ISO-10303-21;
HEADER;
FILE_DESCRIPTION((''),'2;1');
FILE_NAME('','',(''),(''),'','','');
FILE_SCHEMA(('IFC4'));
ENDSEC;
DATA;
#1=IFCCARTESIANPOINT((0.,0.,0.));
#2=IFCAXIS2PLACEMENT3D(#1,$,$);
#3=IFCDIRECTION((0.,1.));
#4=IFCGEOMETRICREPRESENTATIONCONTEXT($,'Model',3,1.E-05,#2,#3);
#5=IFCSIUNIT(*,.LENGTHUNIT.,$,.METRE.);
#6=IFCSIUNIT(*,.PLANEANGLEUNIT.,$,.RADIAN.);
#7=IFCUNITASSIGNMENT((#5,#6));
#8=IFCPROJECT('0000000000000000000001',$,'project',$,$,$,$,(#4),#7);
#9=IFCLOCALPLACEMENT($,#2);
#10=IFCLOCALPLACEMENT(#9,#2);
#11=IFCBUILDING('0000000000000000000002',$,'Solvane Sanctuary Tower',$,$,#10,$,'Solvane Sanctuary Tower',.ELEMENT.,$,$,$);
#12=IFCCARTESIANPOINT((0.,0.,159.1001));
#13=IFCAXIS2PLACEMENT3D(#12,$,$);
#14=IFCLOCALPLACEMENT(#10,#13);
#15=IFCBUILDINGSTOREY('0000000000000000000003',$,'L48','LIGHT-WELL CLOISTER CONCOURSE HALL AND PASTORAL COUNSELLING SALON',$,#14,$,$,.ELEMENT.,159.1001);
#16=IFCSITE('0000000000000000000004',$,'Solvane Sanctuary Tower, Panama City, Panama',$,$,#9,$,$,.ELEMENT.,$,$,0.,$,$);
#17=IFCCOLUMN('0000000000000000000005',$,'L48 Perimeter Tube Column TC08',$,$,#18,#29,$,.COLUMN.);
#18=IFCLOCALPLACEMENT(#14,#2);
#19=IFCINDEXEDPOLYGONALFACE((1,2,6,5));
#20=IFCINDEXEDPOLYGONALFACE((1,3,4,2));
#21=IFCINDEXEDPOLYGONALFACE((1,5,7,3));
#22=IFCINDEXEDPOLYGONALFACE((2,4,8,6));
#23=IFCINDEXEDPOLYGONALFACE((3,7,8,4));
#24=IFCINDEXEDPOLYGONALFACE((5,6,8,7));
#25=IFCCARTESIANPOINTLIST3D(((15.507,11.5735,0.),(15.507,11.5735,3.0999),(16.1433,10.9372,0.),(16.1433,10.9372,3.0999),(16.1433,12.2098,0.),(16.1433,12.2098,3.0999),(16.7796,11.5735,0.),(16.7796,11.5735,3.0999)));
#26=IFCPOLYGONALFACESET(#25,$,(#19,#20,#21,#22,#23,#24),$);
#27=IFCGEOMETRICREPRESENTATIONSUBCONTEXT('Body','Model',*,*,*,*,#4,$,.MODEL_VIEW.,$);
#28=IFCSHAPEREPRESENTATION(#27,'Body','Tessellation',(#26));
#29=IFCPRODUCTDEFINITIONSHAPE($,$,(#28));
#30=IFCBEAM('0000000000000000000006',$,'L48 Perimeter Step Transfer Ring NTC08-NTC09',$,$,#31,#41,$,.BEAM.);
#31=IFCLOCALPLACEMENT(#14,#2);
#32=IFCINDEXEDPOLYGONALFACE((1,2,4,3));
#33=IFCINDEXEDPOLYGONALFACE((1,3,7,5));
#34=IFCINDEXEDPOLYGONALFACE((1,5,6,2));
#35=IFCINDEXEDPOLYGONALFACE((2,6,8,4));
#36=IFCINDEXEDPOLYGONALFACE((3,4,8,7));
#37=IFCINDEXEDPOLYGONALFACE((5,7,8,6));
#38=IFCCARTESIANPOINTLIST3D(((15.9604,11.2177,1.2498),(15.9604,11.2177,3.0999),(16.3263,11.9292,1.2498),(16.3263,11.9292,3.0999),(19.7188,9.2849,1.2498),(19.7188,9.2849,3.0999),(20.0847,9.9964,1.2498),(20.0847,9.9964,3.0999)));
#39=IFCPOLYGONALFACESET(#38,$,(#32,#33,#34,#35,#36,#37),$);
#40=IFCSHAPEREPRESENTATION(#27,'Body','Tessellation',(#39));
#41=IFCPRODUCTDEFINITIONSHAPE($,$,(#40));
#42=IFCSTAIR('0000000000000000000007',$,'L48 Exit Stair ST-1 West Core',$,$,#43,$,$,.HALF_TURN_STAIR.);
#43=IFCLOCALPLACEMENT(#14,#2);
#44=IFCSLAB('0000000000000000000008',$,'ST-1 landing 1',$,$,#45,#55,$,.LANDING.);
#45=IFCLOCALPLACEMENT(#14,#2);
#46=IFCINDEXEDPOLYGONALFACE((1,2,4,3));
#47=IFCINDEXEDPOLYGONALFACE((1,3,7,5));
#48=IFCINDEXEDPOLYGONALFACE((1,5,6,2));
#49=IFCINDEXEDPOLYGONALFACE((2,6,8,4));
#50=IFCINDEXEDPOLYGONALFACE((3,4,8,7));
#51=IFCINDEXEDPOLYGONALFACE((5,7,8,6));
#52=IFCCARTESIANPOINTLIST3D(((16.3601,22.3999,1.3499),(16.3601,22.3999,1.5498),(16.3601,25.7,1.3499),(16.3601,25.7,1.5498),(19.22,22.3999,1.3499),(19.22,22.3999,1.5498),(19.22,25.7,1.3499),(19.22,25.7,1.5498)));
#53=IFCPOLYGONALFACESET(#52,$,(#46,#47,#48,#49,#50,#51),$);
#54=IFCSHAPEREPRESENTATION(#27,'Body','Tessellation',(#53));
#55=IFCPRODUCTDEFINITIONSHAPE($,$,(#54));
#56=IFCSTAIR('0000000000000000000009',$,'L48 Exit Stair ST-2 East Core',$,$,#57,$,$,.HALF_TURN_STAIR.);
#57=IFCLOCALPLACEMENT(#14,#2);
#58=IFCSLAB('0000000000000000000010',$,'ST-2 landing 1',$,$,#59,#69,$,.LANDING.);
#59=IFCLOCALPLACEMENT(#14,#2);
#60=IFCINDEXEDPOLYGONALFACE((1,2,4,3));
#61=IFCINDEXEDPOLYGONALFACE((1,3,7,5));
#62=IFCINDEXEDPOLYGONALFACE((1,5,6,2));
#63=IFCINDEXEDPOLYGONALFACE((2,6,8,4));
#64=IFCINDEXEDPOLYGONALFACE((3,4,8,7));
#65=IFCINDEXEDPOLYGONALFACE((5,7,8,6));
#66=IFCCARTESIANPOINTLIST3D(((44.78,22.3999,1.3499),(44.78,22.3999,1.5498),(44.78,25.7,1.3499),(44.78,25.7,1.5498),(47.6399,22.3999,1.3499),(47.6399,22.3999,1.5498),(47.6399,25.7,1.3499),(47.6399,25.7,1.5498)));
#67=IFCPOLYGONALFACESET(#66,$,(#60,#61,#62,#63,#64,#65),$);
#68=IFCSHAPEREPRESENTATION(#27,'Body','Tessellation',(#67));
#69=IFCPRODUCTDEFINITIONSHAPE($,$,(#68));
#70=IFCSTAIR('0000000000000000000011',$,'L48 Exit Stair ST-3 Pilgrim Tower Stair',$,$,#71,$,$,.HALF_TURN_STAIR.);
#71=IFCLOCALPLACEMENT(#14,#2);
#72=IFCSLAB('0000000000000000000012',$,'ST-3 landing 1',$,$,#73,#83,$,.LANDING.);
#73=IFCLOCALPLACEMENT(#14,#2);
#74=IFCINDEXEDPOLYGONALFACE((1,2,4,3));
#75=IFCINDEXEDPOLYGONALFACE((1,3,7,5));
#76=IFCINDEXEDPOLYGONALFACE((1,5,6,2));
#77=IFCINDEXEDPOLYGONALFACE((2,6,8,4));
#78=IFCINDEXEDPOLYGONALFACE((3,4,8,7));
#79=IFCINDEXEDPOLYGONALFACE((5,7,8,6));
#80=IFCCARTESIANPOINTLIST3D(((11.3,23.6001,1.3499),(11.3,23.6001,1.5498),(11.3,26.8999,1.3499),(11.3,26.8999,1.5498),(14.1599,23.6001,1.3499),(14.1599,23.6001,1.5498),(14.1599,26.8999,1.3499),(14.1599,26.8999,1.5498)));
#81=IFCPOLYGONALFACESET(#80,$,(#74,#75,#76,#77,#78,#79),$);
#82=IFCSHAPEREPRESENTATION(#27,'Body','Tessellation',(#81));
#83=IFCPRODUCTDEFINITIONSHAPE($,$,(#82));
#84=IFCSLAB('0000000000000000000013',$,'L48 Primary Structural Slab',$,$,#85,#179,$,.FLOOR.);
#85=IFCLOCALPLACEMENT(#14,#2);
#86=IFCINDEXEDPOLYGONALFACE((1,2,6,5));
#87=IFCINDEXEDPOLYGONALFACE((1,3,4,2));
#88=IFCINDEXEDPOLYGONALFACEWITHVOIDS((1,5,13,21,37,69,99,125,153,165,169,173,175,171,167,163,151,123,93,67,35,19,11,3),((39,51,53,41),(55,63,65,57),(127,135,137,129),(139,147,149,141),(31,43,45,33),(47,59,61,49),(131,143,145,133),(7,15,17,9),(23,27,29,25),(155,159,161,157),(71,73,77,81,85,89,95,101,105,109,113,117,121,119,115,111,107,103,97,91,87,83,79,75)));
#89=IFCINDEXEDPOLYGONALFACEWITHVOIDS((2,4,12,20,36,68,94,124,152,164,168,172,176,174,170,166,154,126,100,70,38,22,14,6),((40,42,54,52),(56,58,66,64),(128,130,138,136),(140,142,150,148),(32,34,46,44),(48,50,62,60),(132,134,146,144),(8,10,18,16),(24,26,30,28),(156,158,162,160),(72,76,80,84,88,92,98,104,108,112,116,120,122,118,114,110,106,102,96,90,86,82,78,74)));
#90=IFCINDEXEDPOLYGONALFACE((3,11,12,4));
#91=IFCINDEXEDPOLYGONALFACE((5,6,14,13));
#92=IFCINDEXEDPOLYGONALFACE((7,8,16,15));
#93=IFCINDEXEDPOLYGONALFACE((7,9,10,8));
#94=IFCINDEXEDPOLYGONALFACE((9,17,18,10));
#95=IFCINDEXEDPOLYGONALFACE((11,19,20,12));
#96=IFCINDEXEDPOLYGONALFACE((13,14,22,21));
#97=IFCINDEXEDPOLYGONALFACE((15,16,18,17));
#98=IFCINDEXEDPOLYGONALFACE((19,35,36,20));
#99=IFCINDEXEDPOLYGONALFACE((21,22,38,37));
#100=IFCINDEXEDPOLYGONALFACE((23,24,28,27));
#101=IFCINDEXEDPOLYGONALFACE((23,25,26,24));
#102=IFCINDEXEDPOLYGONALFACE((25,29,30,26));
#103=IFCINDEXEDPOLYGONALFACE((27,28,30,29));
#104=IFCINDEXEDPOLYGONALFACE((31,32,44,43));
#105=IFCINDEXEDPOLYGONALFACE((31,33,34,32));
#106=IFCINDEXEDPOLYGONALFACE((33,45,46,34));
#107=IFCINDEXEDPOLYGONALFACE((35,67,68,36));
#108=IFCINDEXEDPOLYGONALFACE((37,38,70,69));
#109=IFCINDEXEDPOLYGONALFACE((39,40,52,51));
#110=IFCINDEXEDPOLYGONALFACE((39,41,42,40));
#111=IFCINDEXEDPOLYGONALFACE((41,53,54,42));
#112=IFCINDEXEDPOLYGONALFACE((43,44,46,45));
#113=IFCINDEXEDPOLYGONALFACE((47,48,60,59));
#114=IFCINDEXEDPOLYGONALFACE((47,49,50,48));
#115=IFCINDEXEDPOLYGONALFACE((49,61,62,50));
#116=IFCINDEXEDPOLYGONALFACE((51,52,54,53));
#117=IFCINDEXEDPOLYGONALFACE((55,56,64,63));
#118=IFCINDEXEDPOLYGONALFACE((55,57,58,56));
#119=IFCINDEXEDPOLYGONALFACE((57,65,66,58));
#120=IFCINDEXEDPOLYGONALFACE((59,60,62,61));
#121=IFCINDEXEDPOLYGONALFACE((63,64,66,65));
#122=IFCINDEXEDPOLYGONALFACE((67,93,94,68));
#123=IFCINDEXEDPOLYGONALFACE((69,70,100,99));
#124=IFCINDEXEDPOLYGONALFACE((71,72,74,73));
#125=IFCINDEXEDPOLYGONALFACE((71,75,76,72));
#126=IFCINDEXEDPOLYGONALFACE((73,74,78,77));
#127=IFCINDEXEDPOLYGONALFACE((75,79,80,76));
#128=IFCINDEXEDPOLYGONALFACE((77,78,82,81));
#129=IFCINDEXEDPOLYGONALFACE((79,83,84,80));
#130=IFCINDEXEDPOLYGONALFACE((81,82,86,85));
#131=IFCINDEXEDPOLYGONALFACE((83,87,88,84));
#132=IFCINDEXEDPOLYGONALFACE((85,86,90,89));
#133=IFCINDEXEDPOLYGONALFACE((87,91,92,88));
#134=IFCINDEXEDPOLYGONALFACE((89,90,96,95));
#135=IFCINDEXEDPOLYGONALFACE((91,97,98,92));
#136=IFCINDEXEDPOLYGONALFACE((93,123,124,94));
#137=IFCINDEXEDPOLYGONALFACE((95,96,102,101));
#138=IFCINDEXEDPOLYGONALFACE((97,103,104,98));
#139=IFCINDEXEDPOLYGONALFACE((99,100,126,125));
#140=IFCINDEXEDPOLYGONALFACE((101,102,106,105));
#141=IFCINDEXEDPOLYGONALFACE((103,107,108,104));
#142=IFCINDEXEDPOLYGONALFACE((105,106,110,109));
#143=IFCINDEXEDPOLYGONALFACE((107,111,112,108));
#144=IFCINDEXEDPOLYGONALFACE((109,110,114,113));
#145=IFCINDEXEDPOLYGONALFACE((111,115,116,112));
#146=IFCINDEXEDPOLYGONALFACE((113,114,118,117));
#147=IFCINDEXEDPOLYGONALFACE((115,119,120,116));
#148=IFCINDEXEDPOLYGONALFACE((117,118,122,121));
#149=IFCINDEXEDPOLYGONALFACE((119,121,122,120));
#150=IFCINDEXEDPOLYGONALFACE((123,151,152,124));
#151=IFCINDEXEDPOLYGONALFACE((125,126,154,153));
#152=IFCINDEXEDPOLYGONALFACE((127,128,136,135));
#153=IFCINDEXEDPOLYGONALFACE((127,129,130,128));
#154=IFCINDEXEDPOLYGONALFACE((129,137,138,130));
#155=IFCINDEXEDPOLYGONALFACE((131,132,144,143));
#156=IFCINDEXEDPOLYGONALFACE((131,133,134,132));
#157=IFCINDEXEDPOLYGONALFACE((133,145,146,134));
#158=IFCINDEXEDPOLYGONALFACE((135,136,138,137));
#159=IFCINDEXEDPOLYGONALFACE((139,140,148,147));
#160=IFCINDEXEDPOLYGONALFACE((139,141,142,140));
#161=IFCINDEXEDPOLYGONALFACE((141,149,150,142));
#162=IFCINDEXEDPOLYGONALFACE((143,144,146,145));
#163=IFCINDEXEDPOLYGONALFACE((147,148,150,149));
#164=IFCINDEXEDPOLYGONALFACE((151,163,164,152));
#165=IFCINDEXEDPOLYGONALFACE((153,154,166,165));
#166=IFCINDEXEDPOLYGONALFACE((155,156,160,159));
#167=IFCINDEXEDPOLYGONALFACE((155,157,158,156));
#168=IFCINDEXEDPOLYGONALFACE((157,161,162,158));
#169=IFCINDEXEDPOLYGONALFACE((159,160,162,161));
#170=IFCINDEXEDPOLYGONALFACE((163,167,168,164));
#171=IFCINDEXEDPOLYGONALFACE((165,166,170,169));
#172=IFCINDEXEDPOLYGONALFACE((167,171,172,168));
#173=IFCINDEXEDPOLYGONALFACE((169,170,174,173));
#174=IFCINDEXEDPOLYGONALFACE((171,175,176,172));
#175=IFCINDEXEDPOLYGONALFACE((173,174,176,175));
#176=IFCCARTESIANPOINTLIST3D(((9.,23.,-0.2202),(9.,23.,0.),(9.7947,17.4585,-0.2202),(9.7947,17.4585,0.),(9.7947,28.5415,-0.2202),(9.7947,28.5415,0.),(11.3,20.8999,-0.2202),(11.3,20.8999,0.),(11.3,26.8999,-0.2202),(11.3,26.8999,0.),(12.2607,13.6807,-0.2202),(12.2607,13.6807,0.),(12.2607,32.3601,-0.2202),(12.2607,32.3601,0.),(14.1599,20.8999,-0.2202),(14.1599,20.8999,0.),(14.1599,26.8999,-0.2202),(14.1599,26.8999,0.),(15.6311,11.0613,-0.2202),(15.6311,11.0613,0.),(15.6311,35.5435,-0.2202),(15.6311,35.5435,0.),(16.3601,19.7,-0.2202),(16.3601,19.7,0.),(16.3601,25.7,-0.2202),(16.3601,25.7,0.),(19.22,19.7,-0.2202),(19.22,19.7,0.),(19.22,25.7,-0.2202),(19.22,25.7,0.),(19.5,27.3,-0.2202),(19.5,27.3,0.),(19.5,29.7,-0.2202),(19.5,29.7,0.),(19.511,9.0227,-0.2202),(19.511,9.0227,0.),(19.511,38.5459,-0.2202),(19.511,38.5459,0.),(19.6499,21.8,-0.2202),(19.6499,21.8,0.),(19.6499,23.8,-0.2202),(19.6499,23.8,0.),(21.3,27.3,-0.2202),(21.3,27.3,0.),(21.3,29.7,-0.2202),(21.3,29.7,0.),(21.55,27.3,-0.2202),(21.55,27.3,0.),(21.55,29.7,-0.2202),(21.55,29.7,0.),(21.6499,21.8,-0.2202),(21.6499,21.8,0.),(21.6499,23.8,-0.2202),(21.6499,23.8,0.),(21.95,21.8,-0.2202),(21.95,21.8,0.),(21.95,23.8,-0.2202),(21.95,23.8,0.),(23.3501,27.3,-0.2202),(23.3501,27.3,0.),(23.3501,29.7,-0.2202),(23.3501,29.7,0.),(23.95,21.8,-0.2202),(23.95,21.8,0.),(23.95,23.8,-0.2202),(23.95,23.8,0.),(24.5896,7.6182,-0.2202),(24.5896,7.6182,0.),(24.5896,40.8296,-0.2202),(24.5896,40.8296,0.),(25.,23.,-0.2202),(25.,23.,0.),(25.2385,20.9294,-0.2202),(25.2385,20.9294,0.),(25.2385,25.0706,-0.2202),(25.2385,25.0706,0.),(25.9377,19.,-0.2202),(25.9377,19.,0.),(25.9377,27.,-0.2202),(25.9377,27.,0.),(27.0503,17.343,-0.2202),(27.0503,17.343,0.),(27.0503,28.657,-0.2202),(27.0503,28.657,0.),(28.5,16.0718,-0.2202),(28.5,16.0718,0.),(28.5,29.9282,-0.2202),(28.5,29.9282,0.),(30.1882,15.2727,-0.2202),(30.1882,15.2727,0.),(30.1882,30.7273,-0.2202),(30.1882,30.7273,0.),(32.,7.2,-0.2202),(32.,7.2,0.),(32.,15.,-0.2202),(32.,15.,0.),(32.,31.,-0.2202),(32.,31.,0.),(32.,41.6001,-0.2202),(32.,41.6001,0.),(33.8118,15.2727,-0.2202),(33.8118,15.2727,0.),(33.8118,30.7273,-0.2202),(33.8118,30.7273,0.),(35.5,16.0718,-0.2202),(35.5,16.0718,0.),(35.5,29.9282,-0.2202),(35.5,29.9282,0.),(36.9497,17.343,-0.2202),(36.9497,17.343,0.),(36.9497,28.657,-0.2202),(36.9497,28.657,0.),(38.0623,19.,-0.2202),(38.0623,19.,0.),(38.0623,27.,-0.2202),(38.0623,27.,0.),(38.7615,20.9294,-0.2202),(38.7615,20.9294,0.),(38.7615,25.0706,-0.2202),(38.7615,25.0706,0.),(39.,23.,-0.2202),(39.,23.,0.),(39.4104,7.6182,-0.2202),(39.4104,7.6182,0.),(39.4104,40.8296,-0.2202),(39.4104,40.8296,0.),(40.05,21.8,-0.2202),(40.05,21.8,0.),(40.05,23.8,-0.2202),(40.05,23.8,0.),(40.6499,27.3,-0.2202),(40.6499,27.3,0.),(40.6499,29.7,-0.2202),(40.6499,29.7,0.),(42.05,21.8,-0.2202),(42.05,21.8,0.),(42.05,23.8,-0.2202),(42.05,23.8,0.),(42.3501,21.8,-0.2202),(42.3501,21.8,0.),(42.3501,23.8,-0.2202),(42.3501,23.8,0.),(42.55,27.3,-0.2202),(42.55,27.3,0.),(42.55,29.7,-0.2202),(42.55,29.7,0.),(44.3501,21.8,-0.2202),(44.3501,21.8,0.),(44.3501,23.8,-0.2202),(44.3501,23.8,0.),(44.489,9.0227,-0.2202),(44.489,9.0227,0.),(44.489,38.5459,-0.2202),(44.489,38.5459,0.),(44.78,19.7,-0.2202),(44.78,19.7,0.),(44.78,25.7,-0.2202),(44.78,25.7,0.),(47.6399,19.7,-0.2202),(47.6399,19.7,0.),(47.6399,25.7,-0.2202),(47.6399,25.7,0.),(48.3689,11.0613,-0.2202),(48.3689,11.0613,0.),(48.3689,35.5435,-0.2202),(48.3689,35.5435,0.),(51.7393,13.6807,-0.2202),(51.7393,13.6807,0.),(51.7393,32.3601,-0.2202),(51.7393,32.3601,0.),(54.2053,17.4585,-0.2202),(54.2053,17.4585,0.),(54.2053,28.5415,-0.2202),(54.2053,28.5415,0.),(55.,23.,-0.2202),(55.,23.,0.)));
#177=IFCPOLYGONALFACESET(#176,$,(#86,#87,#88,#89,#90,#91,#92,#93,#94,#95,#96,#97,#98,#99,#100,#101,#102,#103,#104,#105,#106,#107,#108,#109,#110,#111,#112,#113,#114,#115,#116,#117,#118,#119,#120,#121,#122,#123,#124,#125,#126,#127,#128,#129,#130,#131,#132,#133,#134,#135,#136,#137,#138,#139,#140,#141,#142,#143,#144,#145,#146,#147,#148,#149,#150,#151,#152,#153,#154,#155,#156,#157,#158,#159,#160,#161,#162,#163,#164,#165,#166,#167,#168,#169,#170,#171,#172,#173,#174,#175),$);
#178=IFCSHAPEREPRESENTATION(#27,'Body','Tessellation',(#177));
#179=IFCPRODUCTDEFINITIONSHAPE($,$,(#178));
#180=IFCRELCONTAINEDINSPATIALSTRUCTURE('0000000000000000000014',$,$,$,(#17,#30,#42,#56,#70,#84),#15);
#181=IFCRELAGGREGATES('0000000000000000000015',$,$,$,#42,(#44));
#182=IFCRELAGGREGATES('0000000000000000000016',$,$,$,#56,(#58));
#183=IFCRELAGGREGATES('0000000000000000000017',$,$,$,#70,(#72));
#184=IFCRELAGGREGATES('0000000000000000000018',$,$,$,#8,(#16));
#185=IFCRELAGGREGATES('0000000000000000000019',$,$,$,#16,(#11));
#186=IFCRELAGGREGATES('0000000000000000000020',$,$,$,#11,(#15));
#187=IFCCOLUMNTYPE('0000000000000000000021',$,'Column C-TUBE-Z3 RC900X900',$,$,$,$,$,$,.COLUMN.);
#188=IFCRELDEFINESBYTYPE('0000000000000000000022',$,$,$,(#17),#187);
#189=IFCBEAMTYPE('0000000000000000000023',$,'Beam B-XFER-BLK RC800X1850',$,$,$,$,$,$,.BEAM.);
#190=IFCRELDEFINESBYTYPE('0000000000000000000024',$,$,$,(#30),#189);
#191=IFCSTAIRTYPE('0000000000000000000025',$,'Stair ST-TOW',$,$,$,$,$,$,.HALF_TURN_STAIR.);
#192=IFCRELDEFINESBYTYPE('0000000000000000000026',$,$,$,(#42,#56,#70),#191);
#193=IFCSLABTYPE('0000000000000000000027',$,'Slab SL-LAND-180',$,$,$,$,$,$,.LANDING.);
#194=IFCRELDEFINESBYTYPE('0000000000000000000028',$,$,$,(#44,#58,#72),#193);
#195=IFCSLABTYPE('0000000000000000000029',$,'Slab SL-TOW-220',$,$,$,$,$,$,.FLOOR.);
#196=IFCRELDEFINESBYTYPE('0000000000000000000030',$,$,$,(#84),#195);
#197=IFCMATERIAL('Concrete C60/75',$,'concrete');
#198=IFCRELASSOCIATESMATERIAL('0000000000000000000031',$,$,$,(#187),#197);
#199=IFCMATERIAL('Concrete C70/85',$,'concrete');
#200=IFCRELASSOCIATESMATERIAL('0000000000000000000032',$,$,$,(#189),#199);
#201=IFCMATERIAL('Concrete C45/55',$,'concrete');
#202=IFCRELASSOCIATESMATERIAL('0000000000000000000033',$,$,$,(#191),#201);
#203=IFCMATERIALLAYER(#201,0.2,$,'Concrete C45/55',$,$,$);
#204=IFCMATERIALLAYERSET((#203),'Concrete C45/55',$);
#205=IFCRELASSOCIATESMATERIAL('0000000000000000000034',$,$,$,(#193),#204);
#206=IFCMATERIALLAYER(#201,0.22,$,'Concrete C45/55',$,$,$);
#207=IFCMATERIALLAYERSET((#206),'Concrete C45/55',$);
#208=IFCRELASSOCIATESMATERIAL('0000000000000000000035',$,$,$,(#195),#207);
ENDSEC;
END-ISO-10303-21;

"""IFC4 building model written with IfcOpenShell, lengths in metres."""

from ifc_helpers import new_model, si_unit, direction, frame, origin, origin_2d, place, context, subcontext, project, spatial, polyline, rectangle, outline, extrude, material, layer, layer_set, material_profile, profile_set, type_object, element, aggregate, save


model = new_model("IFC4")

# Units and contexts
model_context = context("Model", 3, precision=1e-05, world=origin(), true_north=direction((0.0, 1.0)))
body_context = subcontext(model_context, "Body", "Model", "MODEL_VIEW")
ifc_project = project(units=[si_unit("LENGTHUNIT", "METRE"), si_unit("PLANEANGLEUNIT", "RADIAN")], contexts=[model_context])

# Site, building, storey
site_placement = place(None, origin())
site = spatial("IfcSite", under=ifc_project, at=site_placement, Name="Solvane Sanctuary Tower, Panama City, Panama", CompositionType="ELEMENT", RefElevation=0.0)
building_placement = place(site_placement, origin())
building = spatial("IfcBuilding", under=site, at=building_placement, Name="Solvane Sanctuary Tower", LongName="Solvane Sanctuary Tower", CompositionType="ELEMENT")
storey_placement = place(building_placement, frame((0.0, 0.0, 159.1001)))
storey = spatial("IfcBuildingStorey", under=building, at=storey_placement, Name="L48", Description="LIGHT-WELL CLOISTER CONCOURSE HALL AND PASTORAL COUNSELLING SALON", CompositionType="ELEMENT", Elevation=159.1001)

# Column
ifc_material_1 = material(Name="Concrete C60/75", Category="concrete")
ifc_material_profile_1 = material_profile(ifc_material_1, rectangle(XDim=0.8999, YDim=0.8999, at=origin_2d()), Name="RC900X900")
ifc_profile_set_1 = profile_set([ifc_material_profile_1], Name="Concrete C60/75")
column_type = type_object("IfcColumnType", Name="Column C-TUBE-Z3 RC900X900", PredefinedType="COLUMN", material=ifc_profile_set_1)
column_placement = place(storey_placement, frame((16.1433, 11.5735, 0.0), z_axis=(0.0, 0.0, 1.0), x_axis=(-0.707107, -0.707107, 0.0)))
element("IfcColumn", 1, at=column_placement, inside=storey, type_object=column_type, Name="L48 Perimeter Tube Column TC08", PredefinedType="COLUMN", context=body_context, shape_type="SweptSolid", body=[
    extrude(rectangle(XDim=0.8999, YDim=0.8999, at=origin_2d()), origin(), (0.0, 0.0, 1.0), 3.0999),
])

# Beam
ifc_material_2 = material(Name="Concrete C70/85", Category="concrete")
ifc_material_profile_2 = material_profile(ifc_material_2, rectangle(XDim=0.8, YDim=1.8501, at=origin_2d()), Name="RC800X1850")
ifc_profile_set_2 = profile_set([ifc_material_profile_2], Name="Concrete C70/85")
beam_type = type_object("IfcBeamType", Name="Beam B-XFER-BLK RC800X1850", PredefinedType="BEAM", material=ifc_profile_set_2)
beam_placement = place(storey_placement, frame((16.1433, 11.5735, 2.1748), z_axis=(0.889298, -0.457328, 0.0), x_axis=(0.457328, 0.889298, 0.0)))
element("IfcBeam", 2, at=beam_placement, inside=storey, type_object=beam_type, Name="L48 Perimeter Step Transfer Ring NTC08-NTC09", PredefinedType="BEAM", context=body_context, shape_type="SweptSolid", body=[
    extrude(rectangle(XDim=0.8, YDim=1.8501, at=origin_2d()), origin(), (0.0, 0.0, 1.0), 4.2263),
])

# Stairs, slabs
ifc_material_3 = material(Name="Concrete C45/55", Category="concrete")
stair_type = type_object("IfcStairType", Name="Stair ST-TOW", PredefinedType="HALF_TURN_STAIR", material=ifc_material_3)
stair_1_placement = place(storey_placement, origin())
stair_1 = element("IfcStair", 3, at=stair_1_placement, inside=storey, type_object=stair_type, Name="L48 Exit Stair ST-1 West Core", PredefinedType="HALF_TURN_STAIR")
ifc_layer_1 = layer(ifc_material_3, 0.2, Name="Concrete C45/55")
ifc_layer_set_1 = layer_set([ifc_layer_1], Name="Concrete C45/55")
slab_type_1 = type_object("IfcSlabType", Name="Slab SL-LAND-180", PredefinedType="LANDING", material=ifc_layer_set_1)
slab_1_placement = place(storey_placement, frame((0.0, 0.0, 1.3499)))
slab_1 = element("IfcSlab", 4, at=slab_1_placement, type_object=slab_type_1, Name="ST-1 landing 1", PredefinedType="LANDING", context=body_context, shape_type="SweptSolid", body=[
    extrude(outline(polyline([(19.22, 22.3999), (19.22, 25.7), (16.3601, 25.7), (16.3601, 22.3999), (19.22, 22.3999)])), origin(), (0.0, 0.0, 1.0), 0.2),
])
aggregate(stair_1, [slab_1])
stair_2_placement = place(storey_placement, origin())
stair_2 = element("IfcStair", 5, at=stair_2_placement, inside=storey, type_object=stair_type, Name="L48 Exit Stair ST-2 East Core", PredefinedType="HALF_TURN_STAIR")
slab_2_placement = place(storey_placement, frame((0.0, 0.0, 1.3499)))
slab_2 = element("IfcSlab", 6, at=slab_2_placement, type_object=slab_type_1, Name="ST-2 landing 1", PredefinedType="LANDING", context=body_context, shape_type="SweptSolid", body=[
    extrude(outline(polyline([(47.6399, 22.3999), (47.6399, 25.7), (44.78, 25.7), (44.78, 22.3999), (47.6399, 22.3999)])), origin(), (0.0, 0.0, 1.0), 0.2),
])
aggregate(stair_2, [slab_2])
stair_3_placement = place(storey_placement, origin())
stair_3 = element("IfcStair", 7, at=stair_3_placement, inside=storey, type_object=stair_type, Name="L48 Exit Stair ST-3 Pilgrim Tower Stair", PredefinedType="HALF_TURN_STAIR")
slab_3_placement = place(storey_placement, frame((0.0, 0.0, 1.3499)))
slab_3 = element("IfcSlab", 8, at=slab_3_placement, type_object=slab_type_1, Name="ST-3 landing 1", PredefinedType="LANDING", context=body_context, shape_type="SweptSolid", body=[
    extrude(outline(polyline([(14.1599, 23.6001), (14.1599, 26.8999), (11.3, 26.8999), (11.3, 23.6001), (14.1599, 23.6001)])), origin(), (0.0, 0.0, 1.0), 0.2),
])
aggregate(stair_3, [slab_3])

# Slab
ifc_layer_2 = layer(ifc_material_3, 0.22, Name="Concrete C45/55")
ifc_layer_set_2 = layer_set([ifc_layer_2], Name="Concrete C45/55")
slab_type_2 = type_object("IfcSlabType", Name="Slab SL-TOW-220", PredefinedType="FLOOR", material=ifc_layer_set_2)
slab_4_placement = place(storey_placement, frame((0.0, 0.0, -0.2202)))
element("IfcSlab", 9, at=slab_4_placement, inside=storey, type_object=slab_type_2, Name="L48 Primary Structural Slab", PredefinedType="FLOOR", context=body_context, shape_type="SweptSolid", body=[
    extrude(outline(polyline([(55.0, 23.0), (54.2053, 28.5415), (51.7393, 32.3601), (48.3689, 35.5435), (44.489, 38.5459), (39.4104, 40.8296), (32.0, 41.6001), (24.5896, 40.8296), (19.511, 38.5459), (15.6311, 35.5435), (12.2607, 32.3601), (9.7947, 28.5415), (9.0, 23.0), (9.7947, 17.4585), (12.2607, 13.6807), (15.6311, 11.0613), (19.511, 9.0227), (24.5896, 7.6182), (32.0, 7.2), (39.4104, 7.6182), (44.489, 9.0227), (48.3689, 11.0613), (51.7393, 13.6807), (54.2053, 17.4585), (55.0, 23.0)]), holes=[polyline([(38.7615, 20.9294), (38.0623, 19.0), (36.9497, 17.343), (35.5, 16.0718), (33.8118, 15.2727), (32.0, 15.0), (30.1882, 15.2727), (28.5, 16.0718), (27.0503, 17.343), (25.9377, 19.0), (25.2385, 20.9294), (25.0, 23.0), (25.2385, 25.0706), (25.9377, 27.0), (27.0503, 28.657), (28.5, 29.9282), (30.1882, 30.7273), (32.0, 31.0), (33.8118, 30.7273), (35.5, 29.9282), (36.9497, 28.657), (38.0623, 27.0), (38.7615, 25.0706), (39.0, 23.0), (38.7615, 20.9294)]), polyline([(16.3601, 19.7), (16.3601, 25.7), (19.22, 25.7), (19.22, 19.7), (16.3601, 19.7)]), polyline([(44.78, 19.7), (44.78, 25.7), (47.6399, 25.7), (47.6399, 19.7), (44.78, 19.7)]), polyline([(11.3, 20.8999), (11.3, 26.8999), (14.1599, 26.8999), (14.1599, 20.8999), (11.3, 20.8999)]), polyline([(19.6499, 23.8), (21.6499, 23.8), (21.6499, 21.8), (19.6499, 21.8), (19.6499, 23.8)]), polyline([(42.3501, 23.8), (44.3501, 23.8), (44.3501, 21.8), (42.3501, 21.8), (42.3501, 23.8)]), polyline([(21.95, 23.8), (23.95, 23.8), (23.95, 21.8), (21.95, 21.8), (21.95, 23.8)]), polyline([(40.05, 23.8), (42.05, 23.8), (42.05, 21.8), (40.05, 21.8), (40.05, 23.8)]), polyline([(19.5, 29.7), (21.3, 29.7), (21.3, 27.3), (19.5, 27.3), (19.5, 29.7)]), polyline([(21.55, 29.7), (23.3501, 29.7), (23.3501, 27.3), (21.55, 27.3), (21.55, 29.7)]), polyline([(40.6499, 29.7), (42.55, 29.7), (42.55, 27.3), (40.6499, 27.3), (40.6499, 29.7)])]), origin(), (0.0, 0.0, 1.0), 0.2202),
])

save(model, "model.ifc")
